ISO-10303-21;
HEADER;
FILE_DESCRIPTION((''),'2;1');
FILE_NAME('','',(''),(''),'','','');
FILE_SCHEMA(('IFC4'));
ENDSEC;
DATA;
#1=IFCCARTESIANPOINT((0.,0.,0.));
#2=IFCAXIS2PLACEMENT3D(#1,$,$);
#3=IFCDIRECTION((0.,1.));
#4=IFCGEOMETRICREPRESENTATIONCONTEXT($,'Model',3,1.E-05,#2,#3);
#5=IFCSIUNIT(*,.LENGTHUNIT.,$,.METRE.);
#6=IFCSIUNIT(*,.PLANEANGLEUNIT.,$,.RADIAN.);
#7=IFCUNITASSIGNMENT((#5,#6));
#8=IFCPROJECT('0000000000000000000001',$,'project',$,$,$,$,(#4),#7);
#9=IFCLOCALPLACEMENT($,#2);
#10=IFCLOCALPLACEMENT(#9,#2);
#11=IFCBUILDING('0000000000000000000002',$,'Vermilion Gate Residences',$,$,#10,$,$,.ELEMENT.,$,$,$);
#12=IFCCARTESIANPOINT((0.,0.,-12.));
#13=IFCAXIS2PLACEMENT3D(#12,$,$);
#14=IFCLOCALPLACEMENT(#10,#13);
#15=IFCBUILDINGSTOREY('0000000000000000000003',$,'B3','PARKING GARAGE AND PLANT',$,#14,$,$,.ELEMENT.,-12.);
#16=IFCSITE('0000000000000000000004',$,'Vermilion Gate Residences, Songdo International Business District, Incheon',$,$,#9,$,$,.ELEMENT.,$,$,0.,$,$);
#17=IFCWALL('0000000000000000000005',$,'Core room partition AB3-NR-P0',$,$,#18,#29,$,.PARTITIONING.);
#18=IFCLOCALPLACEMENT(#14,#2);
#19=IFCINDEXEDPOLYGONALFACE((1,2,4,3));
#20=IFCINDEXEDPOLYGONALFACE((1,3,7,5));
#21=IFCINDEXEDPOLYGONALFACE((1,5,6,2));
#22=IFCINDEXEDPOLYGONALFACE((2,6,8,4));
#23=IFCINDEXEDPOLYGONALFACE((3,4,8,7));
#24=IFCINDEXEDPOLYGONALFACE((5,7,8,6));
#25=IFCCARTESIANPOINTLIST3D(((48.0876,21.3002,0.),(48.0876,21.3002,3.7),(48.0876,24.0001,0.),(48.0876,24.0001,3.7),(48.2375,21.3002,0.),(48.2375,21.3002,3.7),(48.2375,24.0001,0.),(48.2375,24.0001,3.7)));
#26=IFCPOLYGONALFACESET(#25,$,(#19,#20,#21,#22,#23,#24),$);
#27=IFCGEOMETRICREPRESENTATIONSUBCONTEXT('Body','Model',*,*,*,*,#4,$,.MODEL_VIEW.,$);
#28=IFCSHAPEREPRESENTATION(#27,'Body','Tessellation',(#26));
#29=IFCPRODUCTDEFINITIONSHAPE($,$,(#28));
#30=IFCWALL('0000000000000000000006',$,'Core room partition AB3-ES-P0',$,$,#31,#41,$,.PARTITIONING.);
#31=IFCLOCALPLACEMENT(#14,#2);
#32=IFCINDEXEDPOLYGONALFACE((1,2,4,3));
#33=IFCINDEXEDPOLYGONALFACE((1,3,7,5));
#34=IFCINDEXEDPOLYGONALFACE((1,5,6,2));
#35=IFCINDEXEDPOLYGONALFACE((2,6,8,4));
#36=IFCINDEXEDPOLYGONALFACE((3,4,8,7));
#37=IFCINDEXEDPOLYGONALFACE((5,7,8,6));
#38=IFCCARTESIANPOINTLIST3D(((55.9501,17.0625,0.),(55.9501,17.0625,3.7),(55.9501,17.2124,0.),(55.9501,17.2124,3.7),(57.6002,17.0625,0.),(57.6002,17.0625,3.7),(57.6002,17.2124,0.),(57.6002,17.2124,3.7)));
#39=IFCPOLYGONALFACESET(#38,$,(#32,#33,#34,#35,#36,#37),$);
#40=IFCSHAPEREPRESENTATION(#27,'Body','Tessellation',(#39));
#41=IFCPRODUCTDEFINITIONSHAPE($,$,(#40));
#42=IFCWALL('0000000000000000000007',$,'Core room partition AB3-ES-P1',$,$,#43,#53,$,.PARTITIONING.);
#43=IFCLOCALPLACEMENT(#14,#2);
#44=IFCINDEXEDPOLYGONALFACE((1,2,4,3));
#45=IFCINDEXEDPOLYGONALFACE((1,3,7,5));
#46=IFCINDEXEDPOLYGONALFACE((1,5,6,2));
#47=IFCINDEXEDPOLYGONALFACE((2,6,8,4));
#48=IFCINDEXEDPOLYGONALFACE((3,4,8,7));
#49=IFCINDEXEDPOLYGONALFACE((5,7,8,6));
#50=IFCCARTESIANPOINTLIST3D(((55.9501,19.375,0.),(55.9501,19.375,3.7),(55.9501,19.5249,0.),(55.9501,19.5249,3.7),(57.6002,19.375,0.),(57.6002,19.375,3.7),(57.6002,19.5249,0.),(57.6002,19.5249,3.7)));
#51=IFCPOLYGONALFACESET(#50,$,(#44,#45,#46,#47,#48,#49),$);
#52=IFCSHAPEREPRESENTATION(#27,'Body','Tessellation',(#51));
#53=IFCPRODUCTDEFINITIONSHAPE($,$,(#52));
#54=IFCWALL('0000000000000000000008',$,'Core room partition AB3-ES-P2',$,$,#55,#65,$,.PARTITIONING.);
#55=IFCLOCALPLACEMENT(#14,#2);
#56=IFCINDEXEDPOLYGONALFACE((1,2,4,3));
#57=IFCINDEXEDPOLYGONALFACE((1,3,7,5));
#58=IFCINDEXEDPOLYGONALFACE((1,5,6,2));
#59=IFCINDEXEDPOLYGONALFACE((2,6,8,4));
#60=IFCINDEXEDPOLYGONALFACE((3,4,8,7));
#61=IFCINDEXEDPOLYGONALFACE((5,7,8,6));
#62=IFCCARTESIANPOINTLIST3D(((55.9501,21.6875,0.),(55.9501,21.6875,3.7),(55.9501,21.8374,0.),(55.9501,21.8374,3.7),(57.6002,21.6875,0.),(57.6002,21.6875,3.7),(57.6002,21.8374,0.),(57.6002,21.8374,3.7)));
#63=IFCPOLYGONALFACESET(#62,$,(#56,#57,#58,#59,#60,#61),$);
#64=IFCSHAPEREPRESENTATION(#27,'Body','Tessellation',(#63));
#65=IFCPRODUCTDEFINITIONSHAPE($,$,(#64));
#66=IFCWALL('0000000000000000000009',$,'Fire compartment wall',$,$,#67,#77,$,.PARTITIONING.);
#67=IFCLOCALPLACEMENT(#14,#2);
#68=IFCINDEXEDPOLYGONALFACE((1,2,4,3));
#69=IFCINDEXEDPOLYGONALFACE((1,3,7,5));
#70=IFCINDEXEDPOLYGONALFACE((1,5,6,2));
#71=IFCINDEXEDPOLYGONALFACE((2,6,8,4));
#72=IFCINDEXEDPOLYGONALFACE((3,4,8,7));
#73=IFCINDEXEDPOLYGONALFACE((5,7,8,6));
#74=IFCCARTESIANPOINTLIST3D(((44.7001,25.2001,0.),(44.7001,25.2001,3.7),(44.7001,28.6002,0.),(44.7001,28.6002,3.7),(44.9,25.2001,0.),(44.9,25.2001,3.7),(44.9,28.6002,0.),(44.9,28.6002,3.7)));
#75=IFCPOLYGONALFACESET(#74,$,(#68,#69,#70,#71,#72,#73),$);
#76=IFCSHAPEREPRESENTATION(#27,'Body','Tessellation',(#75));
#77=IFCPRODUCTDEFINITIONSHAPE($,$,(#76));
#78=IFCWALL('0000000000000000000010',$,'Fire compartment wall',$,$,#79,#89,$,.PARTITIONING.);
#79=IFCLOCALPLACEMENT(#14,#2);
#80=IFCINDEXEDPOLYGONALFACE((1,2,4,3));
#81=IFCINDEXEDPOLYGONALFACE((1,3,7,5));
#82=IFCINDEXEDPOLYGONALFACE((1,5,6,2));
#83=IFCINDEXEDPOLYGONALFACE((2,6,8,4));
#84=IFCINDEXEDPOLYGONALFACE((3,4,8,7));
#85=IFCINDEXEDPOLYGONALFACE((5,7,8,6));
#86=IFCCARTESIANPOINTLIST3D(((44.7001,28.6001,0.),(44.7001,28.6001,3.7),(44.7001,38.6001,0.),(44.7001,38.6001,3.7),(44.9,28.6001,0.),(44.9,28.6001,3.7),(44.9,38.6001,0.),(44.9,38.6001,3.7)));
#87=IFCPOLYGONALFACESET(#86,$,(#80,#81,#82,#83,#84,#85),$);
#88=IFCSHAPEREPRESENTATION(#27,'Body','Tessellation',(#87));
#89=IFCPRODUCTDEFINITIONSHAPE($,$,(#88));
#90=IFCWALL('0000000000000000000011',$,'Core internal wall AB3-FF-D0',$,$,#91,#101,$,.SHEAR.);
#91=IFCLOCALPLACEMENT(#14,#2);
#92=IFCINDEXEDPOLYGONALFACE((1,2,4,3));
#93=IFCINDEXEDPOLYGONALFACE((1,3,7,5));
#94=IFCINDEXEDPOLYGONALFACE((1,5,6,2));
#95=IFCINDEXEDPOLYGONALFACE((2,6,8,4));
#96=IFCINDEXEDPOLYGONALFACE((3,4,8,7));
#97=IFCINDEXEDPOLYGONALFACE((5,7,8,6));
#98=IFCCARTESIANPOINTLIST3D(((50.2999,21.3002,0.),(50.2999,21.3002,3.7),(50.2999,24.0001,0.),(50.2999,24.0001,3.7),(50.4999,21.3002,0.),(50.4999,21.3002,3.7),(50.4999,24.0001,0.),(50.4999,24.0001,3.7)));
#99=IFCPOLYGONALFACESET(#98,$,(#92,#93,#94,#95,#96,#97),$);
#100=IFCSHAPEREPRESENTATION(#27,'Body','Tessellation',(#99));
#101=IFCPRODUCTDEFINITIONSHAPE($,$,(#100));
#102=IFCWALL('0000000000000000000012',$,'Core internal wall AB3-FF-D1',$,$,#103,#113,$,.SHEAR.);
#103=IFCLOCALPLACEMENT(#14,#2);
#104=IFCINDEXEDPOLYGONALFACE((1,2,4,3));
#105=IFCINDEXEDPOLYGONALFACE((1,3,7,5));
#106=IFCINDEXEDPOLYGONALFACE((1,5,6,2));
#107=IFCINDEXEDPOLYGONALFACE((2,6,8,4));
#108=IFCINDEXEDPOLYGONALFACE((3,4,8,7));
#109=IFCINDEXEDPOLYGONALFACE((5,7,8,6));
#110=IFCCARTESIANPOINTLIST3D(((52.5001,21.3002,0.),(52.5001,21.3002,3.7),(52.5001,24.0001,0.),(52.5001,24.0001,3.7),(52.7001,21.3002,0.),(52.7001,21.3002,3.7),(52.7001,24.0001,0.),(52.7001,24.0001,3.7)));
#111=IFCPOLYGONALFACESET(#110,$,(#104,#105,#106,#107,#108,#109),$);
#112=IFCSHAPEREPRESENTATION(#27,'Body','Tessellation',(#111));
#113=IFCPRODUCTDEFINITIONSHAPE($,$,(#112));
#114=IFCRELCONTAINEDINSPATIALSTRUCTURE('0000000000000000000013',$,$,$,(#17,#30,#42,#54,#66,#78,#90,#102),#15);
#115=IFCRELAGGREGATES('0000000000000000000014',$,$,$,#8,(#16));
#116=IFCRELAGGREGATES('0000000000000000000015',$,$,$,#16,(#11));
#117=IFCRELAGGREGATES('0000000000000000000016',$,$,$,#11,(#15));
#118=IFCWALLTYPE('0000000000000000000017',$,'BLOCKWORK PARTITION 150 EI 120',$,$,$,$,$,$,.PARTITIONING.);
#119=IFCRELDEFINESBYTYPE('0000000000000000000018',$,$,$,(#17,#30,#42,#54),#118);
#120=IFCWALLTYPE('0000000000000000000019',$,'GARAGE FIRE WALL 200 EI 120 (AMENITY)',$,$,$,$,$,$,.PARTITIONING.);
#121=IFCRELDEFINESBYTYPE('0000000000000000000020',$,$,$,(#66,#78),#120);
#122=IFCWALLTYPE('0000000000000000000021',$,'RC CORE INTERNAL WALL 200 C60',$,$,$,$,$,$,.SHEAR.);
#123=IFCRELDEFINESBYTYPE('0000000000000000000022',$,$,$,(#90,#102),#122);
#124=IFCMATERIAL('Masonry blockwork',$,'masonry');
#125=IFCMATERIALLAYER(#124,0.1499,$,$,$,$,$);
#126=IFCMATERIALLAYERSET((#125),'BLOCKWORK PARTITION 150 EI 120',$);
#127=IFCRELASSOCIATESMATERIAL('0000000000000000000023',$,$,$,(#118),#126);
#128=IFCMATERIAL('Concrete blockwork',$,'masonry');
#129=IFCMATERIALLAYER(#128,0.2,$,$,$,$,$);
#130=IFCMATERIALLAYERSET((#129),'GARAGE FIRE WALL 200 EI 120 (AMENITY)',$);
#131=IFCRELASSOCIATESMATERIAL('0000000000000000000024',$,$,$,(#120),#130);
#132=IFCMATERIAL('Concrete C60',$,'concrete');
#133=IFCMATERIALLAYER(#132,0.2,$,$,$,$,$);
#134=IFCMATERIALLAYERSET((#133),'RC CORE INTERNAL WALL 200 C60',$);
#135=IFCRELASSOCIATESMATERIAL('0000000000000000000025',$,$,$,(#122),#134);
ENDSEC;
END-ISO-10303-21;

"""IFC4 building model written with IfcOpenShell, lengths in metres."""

from ifc_helpers import new_model, si_unit, direction, frame, frame_2d, origin, place, context, subcontext, project, spatial, rectangle, extrude, material, layer, layer_set, type_object, element, save


model = new_model("IFC4")

# Units and contexts
model_context = context("Model", 3, precision=1e-05, world=origin(), true_north=direction((0.0, 1.0)))
body_context = subcontext(model_context, "Body", "Model", "MODEL_VIEW")
ifc_project = project(units=[si_unit("LENGTHUNIT", "METRE"), si_unit("PLANEANGLEUNIT", "RADIAN")], contexts=[model_context])

# Site, building, storey
site_placement = place(None, origin())
site = spatial("IfcSite", under=ifc_project, at=site_placement, Name="Vermilion Gate Residences, Songdo International Business District, Incheon", CompositionType="ELEMENT", RefElevation=0.0)
building_placement = place(site_placement, origin())
building = spatial("IfcBuilding", under=site, at=building_placement, Name="Vermilion Gate Residences", CompositionType="ELEMENT")
storey_placement = place(building_placement, frame((0.0, 0.0, -12.0)))
storey = spatial("IfcBuildingStorey", under=building, at=storey_placement, Name="B3", Description="PARKING GARAGE AND PLANT", CompositionType="ELEMENT", Elevation=-12.0)

# Walls
ifc_material_1 = material(Name="Masonry blockwork", Category="masonry")
ifc_layer_1 = layer(ifc_material_1, 0.1499)
ifc_layer_set_1 = layer_set([ifc_layer_1], Name="BLOCKWORK PARTITION 150 EI 120")
wall_type_1 = type_object("IfcWallType", Name="BLOCKWORK PARTITION 150 EI 120", PredefinedType="PARTITIONING", material=ifc_layer_set_1)
wall_1_placement = place(storey_placement, frame((48.1626, 21.3, 0.0), z_axis=(0.0, 0.0, 1.0), x_axis=(0.0, 1.0, 0.0)))
element("IfcWall", 1, at=wall_1_placement, inside=storey, type_object=wall_type_1, Name="Core room partition AB3-NR-P0", PredefinedType="PARTITIONING", context=body_context, shape_type="SweptSolid", body=[
    extrude(rectangle(XDim=2.7, YDim=0.1499, at=frame_2d((1.3501, 0.0))), origin(), (0.0, 0.0, 1.0), 3.7),
])
for number, where, z_axis, x_axis, name in (
    (2, (55.95, 17.1375, 0.0), (0.0, 0.0, 1.0), (1.0, 0.0, 0.0), "Core room partition AB3-ES-P0"),
    (3, (55.95, 19.45, 0.0), (0.0, 0.0, 1.0), (1.0, 0.0, 0.0), "Core room partition AB3-ES-P1"),
    (4, (55.95, 21.7625, 0.0), (0.0, 0.0, 1.0), (1.0, 0.0, 0.0), "Core room partition AB3-ES-P2"),
):
    element("IfcWall", number, at=place(storey_placement, frame(where, z_axis=z_axis, x_axis=x_axis)), inside=storey, type_object=wall_type_1, Name=name, PredefinedType="PARTITIONING", context=body_context, shape_type="SweptSolid", body=[
        extrude(rectangle(XDim=1.6501, YDim=0.1499, at=frame_2d((0.8252, 0.0))), origin(), (0.0, 0.0, 1.0), 3.7),
    ])
ifc_material_2 = material(Name="Concrete blockwork", Category="masonry")
ifc_layer_2 = layer(ifc_material_2, 0.2)
ifc_layer_set_2 = layer_set([ifc_layer_2], Name="GARAGE FIRE WALL 200 EI 120 (AMENITY)")
wall_type_2 = type_object("IfcWallType", Name="GARAGE FIRE WALL 200 EI 120 (AMENITY)", PredefinedType="PARTITIONING", material=ifc_layer_set_2)
wall_2_placement = place(storey_placement, frame((44.8, 25.2, 0.0), z_axis=(0.0, 0.0, 1.0), x_axis=(0.0, 1.0, 0.0)))
element("IfcWall", 5, at=wall_2_placement, inside=storey, type_object=wall_type_2, Name="Fire compartment wall", PredefinedType="PARTITIONING", context=body_context, shape_type="SweptSolid", body=[
    extrude(rectangle(XDim=3.4001, YDim=0.2, at=frame_2d((1.7002, 0.0))), origin(), (0.0, 0.0, 1.0), 3.7),
])
wall_3_placement = place(storey_placement, frame((44.8, 28.6001, 0.0), z_axis=(0.0, 0.0, 1.0), x_axis=(0.0, 1.0, 0.0)))
element("IfcWall", 6, at=wall_3_placement, inside=storey, type_object=wall_type_2, Name="Fire compartment wall", PredefinedType="PARTITIONING", context=body_context, shape_type="SweptSolid", body=[
    extrude(rectangle(XDim=10.0, YDim=0.2, at=frame_2d((5.0, 0.0))), origin(), (0.0, 0.0, 1.0), 3.7),
])
ifc_material_3 = material(Name="Concrete C60", Category="concrete")
ifc_layer_3 = layer(ifc_material_3, 0.2)
ifc_layer_set_3 = layer_set([ifc_layer_3], Name="RC CORE INTERNAL WALL 200 C60")
wall_type_3 = type_object("IfcWallType", Name="RC CORE INTERNAL WALL 200 C60", PredefinedType="SHEAR", material=ifc_layer_set_3)
for number, where, z_axis, x_axis, name in (
    (7, (50.3999, 21.3, 0.0), (0.0, 0.0, 1.0), (0.0, 1.0, 0.0), "Core internal wall AB3-FF-D0"),
    (8, (52.6001, 21.3, 0.0), (0.0, 0.0, 1.0), (0.0, 1.0, 0.0), "Core internal wall AB3-FF-D1"),
):
    element("IfcWall", number, at=place(storey_placement, frame(where, z_axis=z_axis, x_axis=x_axis)), inside=storey, type_object=wall_type_3, Name=name, PredefinedType="SHEAR", context=body_context, shape_type="SweptSolid", body=[
        extrude(rectangle(XDim=2.7, YDim=0.2, at=frame_2d((1.3501, 0.0))), origin(), (0.0, 0.0, 1.0), 3.7),
    ])

save(model, "model.ifc")
